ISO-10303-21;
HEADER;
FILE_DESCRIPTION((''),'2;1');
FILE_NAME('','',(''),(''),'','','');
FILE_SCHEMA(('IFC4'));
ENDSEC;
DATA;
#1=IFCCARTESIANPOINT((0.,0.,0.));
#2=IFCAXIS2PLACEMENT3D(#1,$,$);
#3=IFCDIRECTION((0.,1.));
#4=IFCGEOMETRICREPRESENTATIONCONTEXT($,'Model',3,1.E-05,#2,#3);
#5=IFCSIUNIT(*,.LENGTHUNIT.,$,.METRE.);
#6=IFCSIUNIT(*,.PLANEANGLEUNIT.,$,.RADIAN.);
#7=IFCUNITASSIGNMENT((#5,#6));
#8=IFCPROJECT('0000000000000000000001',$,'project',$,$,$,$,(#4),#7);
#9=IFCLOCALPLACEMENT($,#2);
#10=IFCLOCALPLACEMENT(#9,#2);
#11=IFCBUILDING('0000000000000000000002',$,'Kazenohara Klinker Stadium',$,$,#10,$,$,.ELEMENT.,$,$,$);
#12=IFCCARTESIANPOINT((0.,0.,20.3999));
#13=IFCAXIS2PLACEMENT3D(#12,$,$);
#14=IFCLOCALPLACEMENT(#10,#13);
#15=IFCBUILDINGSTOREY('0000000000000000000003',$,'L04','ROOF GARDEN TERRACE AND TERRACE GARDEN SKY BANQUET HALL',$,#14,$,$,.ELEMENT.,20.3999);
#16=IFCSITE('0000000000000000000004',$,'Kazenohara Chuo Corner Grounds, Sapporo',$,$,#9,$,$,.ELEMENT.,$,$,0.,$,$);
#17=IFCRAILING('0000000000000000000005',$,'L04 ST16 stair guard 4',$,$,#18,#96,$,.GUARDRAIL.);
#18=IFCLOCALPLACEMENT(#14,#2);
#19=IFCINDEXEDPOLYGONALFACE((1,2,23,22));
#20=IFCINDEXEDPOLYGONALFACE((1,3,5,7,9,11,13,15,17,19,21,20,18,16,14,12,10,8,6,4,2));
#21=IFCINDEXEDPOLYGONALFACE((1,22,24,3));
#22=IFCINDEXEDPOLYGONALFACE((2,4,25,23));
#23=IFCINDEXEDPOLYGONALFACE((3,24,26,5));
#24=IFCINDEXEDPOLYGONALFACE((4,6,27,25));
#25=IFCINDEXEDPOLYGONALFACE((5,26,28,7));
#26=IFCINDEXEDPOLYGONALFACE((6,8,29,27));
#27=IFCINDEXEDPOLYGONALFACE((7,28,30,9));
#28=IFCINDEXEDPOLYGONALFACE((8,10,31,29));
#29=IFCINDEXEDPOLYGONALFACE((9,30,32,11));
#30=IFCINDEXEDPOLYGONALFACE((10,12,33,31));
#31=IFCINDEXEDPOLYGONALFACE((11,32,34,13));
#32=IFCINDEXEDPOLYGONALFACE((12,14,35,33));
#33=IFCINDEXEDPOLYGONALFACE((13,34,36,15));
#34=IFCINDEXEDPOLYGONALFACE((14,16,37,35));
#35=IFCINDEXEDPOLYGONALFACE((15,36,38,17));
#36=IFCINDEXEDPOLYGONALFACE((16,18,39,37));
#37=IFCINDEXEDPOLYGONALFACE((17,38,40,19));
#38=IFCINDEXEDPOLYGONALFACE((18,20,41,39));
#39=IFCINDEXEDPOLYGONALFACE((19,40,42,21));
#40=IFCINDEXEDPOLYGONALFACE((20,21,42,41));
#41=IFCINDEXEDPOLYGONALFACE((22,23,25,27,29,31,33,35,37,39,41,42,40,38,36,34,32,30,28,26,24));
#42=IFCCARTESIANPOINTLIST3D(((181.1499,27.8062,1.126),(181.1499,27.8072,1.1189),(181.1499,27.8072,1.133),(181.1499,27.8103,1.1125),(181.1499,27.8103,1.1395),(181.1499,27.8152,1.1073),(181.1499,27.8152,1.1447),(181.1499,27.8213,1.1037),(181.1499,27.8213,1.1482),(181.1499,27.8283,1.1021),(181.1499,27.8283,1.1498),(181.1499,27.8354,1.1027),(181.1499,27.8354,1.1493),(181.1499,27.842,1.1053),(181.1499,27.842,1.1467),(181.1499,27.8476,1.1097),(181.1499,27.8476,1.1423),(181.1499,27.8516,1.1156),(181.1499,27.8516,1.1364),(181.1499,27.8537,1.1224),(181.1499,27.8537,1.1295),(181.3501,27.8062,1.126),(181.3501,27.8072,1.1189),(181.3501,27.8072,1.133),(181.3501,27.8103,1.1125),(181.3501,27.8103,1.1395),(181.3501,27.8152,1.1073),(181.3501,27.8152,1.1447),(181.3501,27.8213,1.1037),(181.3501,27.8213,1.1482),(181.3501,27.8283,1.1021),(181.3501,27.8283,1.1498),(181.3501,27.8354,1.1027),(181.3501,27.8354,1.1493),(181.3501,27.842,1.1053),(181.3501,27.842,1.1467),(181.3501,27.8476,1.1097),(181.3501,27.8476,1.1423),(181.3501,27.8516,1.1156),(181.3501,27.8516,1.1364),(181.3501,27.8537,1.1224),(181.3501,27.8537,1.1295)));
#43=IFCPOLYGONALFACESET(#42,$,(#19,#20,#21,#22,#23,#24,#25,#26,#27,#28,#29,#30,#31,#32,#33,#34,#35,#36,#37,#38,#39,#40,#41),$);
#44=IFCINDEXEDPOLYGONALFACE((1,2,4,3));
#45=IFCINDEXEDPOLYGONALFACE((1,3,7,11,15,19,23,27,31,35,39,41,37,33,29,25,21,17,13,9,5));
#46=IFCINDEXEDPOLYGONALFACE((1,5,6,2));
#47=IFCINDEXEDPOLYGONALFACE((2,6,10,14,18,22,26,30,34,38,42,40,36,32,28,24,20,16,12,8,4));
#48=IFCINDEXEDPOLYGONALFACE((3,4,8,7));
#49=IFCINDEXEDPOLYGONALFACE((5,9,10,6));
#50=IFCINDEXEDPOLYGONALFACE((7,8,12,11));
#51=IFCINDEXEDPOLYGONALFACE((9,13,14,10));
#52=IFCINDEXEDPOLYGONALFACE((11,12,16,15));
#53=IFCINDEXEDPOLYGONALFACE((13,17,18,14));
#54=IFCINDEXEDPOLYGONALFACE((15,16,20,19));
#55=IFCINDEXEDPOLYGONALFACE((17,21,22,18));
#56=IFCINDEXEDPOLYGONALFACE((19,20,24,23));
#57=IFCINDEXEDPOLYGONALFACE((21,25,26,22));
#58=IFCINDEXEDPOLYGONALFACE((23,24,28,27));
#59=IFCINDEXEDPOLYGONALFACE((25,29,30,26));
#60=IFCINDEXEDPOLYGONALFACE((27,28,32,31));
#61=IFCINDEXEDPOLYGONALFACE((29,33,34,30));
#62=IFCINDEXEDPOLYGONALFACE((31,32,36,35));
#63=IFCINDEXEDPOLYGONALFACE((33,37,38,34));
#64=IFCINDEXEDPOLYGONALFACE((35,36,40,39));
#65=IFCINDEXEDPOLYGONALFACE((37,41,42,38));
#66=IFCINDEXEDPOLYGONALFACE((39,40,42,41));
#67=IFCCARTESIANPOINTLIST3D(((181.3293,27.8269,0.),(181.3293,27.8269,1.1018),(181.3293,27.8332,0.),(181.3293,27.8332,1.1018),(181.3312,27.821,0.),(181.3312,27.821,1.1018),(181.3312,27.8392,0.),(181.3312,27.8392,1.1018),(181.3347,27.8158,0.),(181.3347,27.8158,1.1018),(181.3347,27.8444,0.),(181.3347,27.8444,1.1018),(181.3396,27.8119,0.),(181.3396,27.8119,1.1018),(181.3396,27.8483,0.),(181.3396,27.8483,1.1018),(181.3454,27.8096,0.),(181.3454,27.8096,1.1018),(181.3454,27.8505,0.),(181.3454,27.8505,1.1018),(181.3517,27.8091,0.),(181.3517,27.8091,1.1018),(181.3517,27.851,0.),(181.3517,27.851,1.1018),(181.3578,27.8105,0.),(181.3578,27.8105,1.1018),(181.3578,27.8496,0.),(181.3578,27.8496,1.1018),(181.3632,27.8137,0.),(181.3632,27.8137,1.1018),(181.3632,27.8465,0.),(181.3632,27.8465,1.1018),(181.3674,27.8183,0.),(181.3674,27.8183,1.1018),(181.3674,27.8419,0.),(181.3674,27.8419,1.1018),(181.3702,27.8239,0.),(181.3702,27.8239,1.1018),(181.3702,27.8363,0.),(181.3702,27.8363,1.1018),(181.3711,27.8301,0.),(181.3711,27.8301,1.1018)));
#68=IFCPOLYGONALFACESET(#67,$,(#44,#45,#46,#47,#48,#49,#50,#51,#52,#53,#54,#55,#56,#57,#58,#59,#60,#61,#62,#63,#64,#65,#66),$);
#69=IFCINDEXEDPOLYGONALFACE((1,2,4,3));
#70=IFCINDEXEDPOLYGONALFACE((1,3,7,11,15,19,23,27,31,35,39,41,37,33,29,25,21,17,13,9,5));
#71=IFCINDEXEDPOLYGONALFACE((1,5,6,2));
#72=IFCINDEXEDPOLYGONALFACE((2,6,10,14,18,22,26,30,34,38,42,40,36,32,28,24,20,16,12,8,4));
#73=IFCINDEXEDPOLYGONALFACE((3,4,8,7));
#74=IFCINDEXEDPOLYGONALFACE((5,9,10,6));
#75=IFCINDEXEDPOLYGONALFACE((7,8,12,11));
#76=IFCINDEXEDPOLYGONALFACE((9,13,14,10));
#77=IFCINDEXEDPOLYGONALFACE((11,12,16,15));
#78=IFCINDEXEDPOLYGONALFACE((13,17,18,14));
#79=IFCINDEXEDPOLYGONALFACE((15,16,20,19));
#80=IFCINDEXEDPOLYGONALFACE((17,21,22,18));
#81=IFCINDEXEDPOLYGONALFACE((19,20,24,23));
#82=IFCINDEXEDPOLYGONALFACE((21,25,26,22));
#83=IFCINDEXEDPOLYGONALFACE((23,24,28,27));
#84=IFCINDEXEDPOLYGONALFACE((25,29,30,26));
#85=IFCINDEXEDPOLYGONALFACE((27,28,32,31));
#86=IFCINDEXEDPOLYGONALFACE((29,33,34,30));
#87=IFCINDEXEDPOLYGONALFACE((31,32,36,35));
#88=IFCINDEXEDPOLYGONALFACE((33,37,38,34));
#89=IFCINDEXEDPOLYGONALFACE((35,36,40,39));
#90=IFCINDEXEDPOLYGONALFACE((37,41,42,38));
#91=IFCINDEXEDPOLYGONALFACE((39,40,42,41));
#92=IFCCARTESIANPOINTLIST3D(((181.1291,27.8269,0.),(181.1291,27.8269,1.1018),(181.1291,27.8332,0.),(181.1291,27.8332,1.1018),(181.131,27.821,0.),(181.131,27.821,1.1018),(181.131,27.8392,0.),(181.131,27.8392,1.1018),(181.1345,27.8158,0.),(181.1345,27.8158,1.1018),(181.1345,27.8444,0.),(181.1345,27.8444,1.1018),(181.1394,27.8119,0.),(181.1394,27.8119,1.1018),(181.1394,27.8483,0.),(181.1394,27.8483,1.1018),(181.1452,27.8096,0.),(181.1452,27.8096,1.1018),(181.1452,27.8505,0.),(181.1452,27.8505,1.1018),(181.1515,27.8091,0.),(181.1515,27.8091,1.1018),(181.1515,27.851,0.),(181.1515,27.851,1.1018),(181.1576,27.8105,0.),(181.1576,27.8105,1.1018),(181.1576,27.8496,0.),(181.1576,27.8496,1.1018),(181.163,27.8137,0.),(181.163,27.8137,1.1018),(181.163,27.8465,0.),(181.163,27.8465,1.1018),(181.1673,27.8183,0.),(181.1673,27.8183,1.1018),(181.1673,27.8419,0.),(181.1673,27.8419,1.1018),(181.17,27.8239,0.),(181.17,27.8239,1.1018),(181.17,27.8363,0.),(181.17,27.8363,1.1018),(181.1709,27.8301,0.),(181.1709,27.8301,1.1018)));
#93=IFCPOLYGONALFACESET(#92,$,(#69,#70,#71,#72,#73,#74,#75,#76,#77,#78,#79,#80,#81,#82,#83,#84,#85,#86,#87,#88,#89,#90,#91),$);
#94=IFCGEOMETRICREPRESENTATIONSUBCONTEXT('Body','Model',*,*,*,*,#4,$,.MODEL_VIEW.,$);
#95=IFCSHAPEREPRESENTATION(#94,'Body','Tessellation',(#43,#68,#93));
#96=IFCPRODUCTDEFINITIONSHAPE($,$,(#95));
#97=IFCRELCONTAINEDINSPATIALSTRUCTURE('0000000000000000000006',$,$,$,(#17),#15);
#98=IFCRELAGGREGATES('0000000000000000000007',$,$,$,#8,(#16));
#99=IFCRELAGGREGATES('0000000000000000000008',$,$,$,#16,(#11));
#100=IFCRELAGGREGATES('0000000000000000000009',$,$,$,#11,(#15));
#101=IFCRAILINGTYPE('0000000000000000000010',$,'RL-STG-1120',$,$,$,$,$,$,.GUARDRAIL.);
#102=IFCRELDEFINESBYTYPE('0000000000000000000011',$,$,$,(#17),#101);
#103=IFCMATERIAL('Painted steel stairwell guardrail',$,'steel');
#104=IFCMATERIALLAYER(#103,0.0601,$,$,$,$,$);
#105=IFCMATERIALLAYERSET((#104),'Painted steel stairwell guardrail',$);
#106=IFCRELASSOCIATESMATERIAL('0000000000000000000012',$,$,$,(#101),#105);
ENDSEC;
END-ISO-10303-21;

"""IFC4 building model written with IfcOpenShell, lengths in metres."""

from ifc_helpers import new_model, si_unit, direction, frame, origin, origin_2d, place, context, subcontext, project, spatial, circle, extrude, material, layer, layer_set, type_object, element, save


model = new_model("IFC4")

# Units and contexts
model_context = context("Model", 3, precision=1e-05, world=origin(), true_north=direction((0.0, 1.0)))
body_context = subcontext(model_context, "Body", "Model", "MODEL_VIEW")
ifc_project = project(units=[si_unit("LENGTHUNIT", "METRE"), si_unit("PLANEANGLEUNIT", "RADIAN")], contexts=[model_context])

# Site, building, storey
site_placement = place(None, origin())
site = spatial("IfcSite", under=ifc_project, at=site_placement, Name="Kazenohara Chuo Corner Grounds, Sapporo", CompositionType="ELEMENT", RefElevation=0.0)
building_placement = place(site_placement, origin())
building = spatial("IfcBuilding", under=site, at=building_placement, Name="Kazenohara Klinker Stadium", CompositionType="ELEMENT")
storey_placement = place(building_placement, frame((0.0, 0.0, 20.3999)))
storey = spatial("IfcBuildingStorey", under=building, at=storey_placement, Name="L04", Description="ROOF GARDEN TERRACE AND TERRACE GARDEN SKY BANQUET HALL", CompositionType="ELEMENT", Elevation=20.3999)

# Railing
ifc_material_1 = material(Name="Painted steel stairwell guardrail", Category="steel")
ifc_layer_1 = layer(ifc_material_1, 0.0601)
ifc_layer_set_1 = layer_set([ifc_layer_1], Name="Painted steel stairwell guardrail")
railing_type_1 = type_object("IfcRailingType", Name="RL-STG-1120", PredefinedType="GUARDRAIL", material=ifc_layer_set_1)
railing_1_placement = place(storey_placement, frame((181.3501, 27.8301, 0.0)))
element("IfcRailing", 1, at=railing_1_placement, inside=storey, type_object=railing_type_1, Name="L04 ST16 stair guard 4", PredefinedType="GUARDRAIL", context=body_context, shape_type="SweptSolid", body=[
    extrude(circle(Radius=0.0239, at=origin_2d()), frame((0.0, 0.0, 1.126), z_axis=(-1.0, 0.0, 0.0), x_axis=(0.0, -1.0, 0.0)), (0.0, 0.0, 1.0), 0.2002),
    extrude(circle(Radius=0.021, at=origin_2d()), origin(), (0.0, 0.0, 1.0), 1.1018),
    extrude(circle(Radius=0.021, at=origin_2d()), frame((-0.2002, 0.0, 0.0)), (0.0, 0.0, 1.0), 1.1018),
])

save(model, "model.ifc")
